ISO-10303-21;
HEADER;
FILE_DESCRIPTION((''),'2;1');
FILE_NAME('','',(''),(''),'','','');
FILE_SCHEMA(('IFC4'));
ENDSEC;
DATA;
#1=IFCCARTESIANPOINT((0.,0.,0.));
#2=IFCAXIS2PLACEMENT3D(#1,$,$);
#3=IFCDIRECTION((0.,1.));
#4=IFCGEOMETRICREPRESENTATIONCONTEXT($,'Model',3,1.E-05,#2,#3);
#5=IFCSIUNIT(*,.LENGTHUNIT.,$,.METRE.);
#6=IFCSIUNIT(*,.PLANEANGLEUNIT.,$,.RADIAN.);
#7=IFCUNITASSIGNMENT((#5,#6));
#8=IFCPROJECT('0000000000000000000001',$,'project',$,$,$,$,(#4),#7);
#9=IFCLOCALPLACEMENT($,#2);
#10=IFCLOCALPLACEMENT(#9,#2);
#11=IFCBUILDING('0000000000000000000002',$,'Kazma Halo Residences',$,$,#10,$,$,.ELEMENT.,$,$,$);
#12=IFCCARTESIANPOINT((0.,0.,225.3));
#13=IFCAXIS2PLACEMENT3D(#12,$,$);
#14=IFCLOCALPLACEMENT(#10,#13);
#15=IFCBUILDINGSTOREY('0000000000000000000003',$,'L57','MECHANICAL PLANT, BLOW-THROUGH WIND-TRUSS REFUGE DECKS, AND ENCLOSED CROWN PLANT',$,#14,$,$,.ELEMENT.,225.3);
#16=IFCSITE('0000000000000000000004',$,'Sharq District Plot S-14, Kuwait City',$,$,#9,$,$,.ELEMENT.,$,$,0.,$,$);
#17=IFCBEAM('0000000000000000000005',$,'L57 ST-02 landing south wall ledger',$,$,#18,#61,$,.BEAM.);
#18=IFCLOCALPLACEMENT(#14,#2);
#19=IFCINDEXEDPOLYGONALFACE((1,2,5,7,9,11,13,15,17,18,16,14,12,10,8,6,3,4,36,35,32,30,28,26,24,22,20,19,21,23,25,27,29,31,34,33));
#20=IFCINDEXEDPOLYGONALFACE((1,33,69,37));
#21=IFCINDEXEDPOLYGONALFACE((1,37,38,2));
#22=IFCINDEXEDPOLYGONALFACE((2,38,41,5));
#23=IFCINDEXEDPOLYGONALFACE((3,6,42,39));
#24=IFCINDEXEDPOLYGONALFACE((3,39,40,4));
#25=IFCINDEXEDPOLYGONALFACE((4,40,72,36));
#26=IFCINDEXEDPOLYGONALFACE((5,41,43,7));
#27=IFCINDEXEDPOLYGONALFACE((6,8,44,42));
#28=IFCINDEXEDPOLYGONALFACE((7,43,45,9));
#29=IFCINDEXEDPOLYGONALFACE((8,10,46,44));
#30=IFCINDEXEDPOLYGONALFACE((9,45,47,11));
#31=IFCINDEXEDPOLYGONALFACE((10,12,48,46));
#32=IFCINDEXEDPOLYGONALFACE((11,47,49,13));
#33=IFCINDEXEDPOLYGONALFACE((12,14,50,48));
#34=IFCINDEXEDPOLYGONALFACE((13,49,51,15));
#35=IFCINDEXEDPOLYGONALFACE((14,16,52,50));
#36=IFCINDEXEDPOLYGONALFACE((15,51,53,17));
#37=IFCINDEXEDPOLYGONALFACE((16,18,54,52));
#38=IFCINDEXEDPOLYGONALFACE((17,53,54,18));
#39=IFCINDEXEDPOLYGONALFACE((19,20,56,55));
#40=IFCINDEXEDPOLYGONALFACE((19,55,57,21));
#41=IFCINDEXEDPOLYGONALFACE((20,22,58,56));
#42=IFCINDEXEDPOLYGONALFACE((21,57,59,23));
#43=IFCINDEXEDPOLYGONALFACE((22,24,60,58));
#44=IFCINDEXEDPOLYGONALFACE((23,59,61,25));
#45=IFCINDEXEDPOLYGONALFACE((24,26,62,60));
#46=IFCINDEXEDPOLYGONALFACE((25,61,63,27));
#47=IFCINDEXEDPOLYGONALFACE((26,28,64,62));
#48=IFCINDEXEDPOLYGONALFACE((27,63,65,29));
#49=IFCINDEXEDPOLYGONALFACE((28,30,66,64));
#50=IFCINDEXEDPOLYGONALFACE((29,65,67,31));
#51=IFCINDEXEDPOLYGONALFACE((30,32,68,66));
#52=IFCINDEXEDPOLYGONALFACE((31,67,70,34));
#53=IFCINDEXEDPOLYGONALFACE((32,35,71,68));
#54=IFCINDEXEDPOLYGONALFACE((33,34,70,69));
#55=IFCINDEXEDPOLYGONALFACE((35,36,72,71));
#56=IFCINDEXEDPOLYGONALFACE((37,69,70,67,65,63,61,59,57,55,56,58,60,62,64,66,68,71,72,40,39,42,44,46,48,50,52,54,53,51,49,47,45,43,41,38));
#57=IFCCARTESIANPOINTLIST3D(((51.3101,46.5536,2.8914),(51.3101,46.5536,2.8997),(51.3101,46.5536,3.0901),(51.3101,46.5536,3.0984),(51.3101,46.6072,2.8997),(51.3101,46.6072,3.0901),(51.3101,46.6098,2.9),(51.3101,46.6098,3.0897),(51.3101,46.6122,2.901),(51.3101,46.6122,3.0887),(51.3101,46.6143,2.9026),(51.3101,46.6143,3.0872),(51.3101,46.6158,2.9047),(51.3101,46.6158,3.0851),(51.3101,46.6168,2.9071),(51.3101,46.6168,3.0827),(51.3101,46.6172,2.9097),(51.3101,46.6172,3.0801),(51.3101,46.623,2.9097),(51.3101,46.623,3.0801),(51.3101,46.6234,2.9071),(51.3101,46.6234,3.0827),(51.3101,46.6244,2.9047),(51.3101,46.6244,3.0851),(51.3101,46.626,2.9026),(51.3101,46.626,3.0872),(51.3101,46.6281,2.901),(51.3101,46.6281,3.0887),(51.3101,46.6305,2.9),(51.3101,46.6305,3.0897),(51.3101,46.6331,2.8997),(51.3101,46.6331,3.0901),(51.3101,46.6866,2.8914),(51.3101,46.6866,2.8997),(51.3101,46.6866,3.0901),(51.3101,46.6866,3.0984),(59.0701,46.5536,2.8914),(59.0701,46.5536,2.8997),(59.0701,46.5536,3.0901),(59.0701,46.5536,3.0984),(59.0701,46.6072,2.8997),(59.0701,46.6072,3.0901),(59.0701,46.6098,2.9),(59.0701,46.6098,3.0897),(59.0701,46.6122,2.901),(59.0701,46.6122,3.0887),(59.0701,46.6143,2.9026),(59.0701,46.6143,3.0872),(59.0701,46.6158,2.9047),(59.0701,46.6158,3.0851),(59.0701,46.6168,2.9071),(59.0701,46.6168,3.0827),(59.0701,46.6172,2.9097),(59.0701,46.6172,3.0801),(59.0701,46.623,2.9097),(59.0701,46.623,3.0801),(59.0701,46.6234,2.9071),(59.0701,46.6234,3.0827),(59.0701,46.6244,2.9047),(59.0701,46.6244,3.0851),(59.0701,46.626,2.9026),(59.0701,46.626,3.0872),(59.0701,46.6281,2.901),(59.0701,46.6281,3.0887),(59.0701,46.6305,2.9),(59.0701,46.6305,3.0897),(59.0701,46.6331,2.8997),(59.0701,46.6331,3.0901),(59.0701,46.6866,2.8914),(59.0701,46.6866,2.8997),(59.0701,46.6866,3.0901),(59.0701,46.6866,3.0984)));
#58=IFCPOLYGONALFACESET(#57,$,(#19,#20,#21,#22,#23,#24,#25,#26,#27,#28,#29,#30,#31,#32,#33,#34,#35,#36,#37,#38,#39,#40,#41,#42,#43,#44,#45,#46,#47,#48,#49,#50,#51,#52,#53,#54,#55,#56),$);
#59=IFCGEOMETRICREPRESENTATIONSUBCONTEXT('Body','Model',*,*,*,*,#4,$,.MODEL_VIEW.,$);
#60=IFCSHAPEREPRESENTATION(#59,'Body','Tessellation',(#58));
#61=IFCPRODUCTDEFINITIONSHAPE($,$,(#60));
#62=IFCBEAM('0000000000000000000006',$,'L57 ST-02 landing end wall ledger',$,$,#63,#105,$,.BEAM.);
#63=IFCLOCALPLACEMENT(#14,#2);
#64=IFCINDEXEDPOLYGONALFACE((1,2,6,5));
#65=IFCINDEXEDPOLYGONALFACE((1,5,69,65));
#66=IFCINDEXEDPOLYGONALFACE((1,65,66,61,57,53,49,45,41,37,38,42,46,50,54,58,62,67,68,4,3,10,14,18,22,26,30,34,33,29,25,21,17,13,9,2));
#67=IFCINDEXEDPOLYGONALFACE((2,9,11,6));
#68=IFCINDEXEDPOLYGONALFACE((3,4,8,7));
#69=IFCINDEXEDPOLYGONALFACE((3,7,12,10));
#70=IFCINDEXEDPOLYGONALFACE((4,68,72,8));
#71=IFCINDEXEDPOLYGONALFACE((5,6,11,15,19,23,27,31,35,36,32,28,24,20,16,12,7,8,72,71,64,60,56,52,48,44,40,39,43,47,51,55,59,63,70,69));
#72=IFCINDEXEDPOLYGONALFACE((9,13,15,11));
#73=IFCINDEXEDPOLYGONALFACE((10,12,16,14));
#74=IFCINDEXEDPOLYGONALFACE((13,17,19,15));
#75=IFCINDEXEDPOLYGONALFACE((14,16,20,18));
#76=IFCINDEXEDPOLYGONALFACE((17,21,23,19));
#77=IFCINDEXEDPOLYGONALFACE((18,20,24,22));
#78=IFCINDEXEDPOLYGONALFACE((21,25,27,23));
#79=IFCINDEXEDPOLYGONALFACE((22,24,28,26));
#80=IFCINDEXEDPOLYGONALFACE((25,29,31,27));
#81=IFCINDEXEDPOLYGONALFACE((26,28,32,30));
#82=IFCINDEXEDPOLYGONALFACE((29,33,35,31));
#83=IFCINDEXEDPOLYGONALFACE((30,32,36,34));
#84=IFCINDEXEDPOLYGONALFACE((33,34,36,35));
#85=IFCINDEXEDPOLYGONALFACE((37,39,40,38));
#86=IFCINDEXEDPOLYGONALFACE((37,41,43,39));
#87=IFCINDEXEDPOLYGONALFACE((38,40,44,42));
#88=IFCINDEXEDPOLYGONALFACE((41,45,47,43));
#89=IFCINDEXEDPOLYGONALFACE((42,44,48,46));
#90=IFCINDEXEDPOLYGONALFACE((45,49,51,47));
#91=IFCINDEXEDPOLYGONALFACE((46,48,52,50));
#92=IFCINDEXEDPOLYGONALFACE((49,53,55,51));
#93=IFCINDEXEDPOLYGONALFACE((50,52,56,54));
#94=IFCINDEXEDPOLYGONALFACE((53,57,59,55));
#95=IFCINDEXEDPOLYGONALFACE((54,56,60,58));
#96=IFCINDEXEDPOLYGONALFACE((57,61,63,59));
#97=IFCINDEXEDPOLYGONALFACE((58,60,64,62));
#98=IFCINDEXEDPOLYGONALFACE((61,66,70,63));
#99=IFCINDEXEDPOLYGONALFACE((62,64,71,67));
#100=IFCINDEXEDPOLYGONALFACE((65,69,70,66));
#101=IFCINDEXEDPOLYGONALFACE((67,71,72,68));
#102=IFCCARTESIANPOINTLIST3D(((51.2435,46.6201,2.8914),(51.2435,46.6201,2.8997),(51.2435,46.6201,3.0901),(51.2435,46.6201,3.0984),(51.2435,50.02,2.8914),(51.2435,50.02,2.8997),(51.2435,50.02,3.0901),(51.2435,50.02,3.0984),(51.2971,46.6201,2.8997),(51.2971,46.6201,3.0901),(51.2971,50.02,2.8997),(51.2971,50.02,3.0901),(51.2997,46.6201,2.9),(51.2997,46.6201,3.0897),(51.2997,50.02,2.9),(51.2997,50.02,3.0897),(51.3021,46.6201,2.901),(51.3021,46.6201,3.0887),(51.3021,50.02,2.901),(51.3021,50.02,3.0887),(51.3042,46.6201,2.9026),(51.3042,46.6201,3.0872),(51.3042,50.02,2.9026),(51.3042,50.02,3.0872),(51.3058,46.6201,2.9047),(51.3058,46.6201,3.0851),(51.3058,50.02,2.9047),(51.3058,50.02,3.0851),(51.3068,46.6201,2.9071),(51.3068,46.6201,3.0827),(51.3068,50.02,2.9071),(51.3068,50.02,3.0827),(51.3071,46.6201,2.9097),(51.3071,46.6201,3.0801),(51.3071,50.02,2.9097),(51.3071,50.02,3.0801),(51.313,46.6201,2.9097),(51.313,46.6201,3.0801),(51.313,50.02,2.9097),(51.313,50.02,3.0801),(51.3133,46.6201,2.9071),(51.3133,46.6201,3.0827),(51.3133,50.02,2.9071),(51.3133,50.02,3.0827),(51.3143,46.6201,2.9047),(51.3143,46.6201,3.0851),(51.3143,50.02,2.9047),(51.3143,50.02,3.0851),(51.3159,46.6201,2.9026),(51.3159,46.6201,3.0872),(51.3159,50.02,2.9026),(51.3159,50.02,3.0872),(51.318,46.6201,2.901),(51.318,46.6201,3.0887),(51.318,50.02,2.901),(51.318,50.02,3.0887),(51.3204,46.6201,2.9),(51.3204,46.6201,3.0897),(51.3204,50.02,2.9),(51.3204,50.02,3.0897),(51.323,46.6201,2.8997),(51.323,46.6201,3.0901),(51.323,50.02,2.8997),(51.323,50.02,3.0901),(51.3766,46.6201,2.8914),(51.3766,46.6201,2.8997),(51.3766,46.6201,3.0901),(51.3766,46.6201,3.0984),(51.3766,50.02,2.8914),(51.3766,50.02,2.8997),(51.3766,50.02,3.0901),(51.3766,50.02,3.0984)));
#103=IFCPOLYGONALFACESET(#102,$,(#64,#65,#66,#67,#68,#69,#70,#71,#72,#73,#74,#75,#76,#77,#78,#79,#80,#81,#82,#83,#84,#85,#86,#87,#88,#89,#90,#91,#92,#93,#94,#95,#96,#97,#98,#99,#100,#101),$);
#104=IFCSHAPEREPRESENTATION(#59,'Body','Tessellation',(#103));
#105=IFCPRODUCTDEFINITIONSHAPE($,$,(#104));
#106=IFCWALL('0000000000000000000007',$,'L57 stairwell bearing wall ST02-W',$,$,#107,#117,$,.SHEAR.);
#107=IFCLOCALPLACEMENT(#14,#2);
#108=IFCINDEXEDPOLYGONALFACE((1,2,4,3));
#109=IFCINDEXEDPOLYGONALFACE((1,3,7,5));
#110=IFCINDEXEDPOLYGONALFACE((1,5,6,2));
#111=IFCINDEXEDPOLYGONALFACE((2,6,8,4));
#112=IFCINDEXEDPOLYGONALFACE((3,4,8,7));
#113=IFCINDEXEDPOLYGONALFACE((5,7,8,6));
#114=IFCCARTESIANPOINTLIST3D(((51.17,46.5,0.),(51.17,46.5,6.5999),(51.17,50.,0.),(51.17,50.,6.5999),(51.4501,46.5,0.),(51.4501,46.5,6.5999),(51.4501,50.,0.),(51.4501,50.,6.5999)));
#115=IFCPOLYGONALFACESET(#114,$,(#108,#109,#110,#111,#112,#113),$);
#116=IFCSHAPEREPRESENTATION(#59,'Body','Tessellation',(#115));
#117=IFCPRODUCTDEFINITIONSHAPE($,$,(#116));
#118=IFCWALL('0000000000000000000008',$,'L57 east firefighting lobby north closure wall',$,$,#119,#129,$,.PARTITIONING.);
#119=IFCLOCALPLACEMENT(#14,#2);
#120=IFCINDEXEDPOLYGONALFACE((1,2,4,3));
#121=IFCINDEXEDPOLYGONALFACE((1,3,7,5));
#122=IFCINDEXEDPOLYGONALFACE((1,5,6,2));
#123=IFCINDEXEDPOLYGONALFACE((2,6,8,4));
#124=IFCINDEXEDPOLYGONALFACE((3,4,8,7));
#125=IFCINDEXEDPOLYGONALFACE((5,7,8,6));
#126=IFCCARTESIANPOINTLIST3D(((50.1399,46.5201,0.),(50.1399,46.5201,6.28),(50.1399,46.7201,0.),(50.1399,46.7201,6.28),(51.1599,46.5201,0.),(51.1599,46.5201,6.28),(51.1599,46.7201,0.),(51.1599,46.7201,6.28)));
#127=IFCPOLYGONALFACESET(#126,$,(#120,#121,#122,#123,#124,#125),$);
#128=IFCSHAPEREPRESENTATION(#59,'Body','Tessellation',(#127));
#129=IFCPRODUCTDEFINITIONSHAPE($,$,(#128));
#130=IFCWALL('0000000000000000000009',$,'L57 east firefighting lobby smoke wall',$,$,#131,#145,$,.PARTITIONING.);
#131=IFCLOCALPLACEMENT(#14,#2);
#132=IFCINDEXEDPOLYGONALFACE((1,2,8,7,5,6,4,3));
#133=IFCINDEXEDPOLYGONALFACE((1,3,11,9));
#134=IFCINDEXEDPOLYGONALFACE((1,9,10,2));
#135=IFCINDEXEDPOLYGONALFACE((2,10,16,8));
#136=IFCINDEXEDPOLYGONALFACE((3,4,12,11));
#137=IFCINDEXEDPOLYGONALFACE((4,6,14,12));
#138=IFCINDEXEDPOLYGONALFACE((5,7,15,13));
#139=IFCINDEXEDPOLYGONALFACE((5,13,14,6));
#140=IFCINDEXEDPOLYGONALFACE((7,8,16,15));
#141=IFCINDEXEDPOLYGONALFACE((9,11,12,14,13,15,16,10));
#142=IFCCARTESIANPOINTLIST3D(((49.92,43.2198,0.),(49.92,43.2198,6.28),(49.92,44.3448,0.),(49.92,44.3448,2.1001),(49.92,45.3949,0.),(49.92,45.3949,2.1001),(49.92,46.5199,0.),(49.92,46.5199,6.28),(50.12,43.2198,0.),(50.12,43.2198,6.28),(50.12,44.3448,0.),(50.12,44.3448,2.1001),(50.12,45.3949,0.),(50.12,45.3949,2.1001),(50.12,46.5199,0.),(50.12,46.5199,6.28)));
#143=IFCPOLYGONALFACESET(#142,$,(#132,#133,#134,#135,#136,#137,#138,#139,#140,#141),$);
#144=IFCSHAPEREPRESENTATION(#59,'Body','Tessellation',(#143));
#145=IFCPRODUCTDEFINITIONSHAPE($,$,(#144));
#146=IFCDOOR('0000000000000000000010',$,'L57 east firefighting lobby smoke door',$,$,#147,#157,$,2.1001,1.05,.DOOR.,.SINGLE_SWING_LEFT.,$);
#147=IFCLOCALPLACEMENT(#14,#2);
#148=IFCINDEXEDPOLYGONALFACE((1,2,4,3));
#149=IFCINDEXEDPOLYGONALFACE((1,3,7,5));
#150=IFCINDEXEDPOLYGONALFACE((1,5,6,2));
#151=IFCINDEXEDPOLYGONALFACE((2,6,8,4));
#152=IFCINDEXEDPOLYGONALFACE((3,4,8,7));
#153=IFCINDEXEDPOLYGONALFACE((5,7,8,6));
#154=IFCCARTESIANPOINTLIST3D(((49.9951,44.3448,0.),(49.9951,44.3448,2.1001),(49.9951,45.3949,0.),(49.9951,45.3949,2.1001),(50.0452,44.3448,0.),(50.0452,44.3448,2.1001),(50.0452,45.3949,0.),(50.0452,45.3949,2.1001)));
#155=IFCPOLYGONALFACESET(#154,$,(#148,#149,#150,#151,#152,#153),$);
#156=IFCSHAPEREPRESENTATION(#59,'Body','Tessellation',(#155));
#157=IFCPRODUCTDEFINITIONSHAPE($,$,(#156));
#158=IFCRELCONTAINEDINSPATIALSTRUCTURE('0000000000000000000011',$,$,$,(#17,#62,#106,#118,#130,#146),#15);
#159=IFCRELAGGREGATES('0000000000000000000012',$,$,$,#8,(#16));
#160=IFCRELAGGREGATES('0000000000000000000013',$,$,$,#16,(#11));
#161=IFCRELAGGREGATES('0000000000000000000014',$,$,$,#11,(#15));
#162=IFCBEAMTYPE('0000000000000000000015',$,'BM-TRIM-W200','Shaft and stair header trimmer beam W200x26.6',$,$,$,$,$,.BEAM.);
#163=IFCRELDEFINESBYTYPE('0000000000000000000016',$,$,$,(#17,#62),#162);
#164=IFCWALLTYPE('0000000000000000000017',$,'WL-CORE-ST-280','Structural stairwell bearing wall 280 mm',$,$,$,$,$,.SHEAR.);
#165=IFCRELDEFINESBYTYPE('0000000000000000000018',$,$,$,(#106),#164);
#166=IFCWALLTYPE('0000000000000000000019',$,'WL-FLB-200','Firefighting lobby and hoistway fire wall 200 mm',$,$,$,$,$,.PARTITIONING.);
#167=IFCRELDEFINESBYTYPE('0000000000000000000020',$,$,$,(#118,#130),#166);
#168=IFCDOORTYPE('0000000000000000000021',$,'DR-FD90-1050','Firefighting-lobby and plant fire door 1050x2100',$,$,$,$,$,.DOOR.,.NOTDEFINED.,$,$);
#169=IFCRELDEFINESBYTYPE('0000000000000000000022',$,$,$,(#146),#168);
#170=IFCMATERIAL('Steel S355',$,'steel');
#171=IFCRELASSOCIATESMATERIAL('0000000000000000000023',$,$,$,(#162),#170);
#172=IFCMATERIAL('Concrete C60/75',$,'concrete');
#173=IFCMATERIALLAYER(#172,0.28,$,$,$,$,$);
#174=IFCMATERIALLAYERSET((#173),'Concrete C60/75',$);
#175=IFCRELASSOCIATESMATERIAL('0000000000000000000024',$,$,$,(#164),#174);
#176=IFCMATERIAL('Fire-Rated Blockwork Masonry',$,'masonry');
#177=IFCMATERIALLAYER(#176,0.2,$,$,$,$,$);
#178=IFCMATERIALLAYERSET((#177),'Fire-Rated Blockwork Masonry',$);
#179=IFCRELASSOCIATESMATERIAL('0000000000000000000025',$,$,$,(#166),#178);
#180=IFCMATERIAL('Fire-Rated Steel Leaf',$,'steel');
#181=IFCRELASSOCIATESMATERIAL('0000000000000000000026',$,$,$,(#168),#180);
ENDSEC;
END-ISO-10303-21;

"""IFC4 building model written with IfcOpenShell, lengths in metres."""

from ifc_helpers import new_model, si_unit, direction, frame, frame_2d, origin, origin_2d, place, context, subcontext, project, spatial, rectangle, i_section, extrude, material, layer, layer_set, material_profile, profile_set, type_object, element, fill, save


model = new_model("IFC4")

# Units and contexts
model_context = context("Model", 3, precision=1e-05, world=origin(), true_north=direction((0.0, 1.0)))
body_context = subcontext(model_context, "Body", "Model", "MODEL_VIEW")
ifc_project = project(units=[si_unit("LENGTHUNIT", "METRE"), si_unit("PLANEANGLEUNIT", "RADIAN")], contexts=[model_context])

# Site, building, storey
site_placement = place(None, origin())
site = spatial("IfcSite", under=ifc_project, at=site_placement, Name="Sharq District Plot S-14, Kuwait City", CompositionType="ELEMENT", RefElevation=0.0)
building_placement = place(site_placement, origin())
building = spatial("IfcBuilding", under=site, at=building_placement, Name="Kazma Halo Residences", CompositionType="ELEMENT")
storey_placement = place(building_placement, frame((0.0, 0.0, 225.3)))
storey = spatial("IfcBuildingStorey", under=building, at=storey_placement, Name="L57", Description="MECHANICAL PLANT, BLOW-THROUGH WIND-TRUSS REFUGE DECKS, AND ENCLOSED CROWN PLANT", CompositionType="ELEMENT", Elevation=225.3)

# Shared definitions
ifc_material_1 = material(Name="Steel S355", Category="steel")

# Beams
ifc_material_profile_1 = material_profile(ifc_material_1, i_section(OverallWidth=0.1331, OverallDepth=0.207, WebThickness=0.0059, FlangeThickness=0.0083, FilletRadius=0.01, at=origin_2d()), Name="W200x26.6")
ifc_profile_set_1 = profile_set([ifc_material_profile_1], Name="Steel S355")
beam_type = type_object("IfcBeamType", Name="BM-TRIM-W200", Description="Shaft and stair header trimmer beam W200x26.6", PredefinedType="BEAM", material=ifc_profile_set_1)
beam_1_placement = place(storey_placement, frame((51.3101, 46.6201, 2.9949), z_axis=(1.0, 0.0, 0.0), x_axis=(0.0, 1.0, 0.0)))
element("IfcBeam", 1, at=beam_1_placement, inside=storey, type_object=beam_type, Name="L57 ST-02 landing south wall ledger", PredefinedType="BEAM", context=body_context, shape_type="SweptSolid", body=[
    extrude(i_section(OverallWidth=0.1331, OverallDepth=0.207, WebThickness=0.0059, FlangeThickness=0.0083, FilletRadius=0.01, at=origin_2d()), origin(), (0.0, 0.0, 1.0), 7.76),
])
beam_2_placement = place(storey_placement, frame((51.3101, 46.6201, 2.9949), z_axis=(0.0, 1.0, 0.0), x_axis=(-1.0, 0.0, 0.0)))
element("IfcBeam", 2, at=beam_2_placement, inside=storey, type_object=beam_type, Name="L57 ST-02 landing end wall ledger", PredefinedType="BEAM", context=body_context, shape_type="SweptSolid", body=[
    extrude(i_section(OverallWidth=0.1331, OverallDepth=0.207, WebThickness=0.0059, FlangeThickness=0.0083, FilletRadius=0.01, at=origin_2d()), origin(), (0.0, 0.0, 1.0), 3.3999),
])

# Walls
ifc_material_2 = material(Name="Concrete C60/75", Category="concrete")
ifc_layer_1 = layer(ifc_material_2, 0.28)
ifc_layer_set_1 = layer_set([ifc_layer_1], Name="Concrete C60/75")
wall_type_1 = type_object("IfcWallType", Name="WL-CORE-ST-280", Description="Structural stairwell bearing wall 280 mm", PredefinedType="SHEAR", material=ifc_layer_set_1)
wall_1_placement = place(storey_placement, frame((51.3101, 46.5, 0.0), z_axis=(0.0, 0.0, 1.0), x_axis=(0.0, 1.0, 0.0)))
element("IfcWall", 3, at=wall_1_placement, inside=storey, type_object=wall_type_1, Name="L57 stairwell bearing wall ST02-W", PredefinedType="SHEAR", context=body_context, shape_type="SweptSolid", body=[
    extrude(rectangle(XDim=3.5, YDim=0.28, at=frame_2d((1.75, 0.0))), origin(), (0.0, 0.0, 1.0), 6.5999),
])
ifc_material_3 = material(Name="Fire-Rated Blockwork Masonry", Category="masonry")
ifc_layer_2 = layer(ifc_material_3, 0.2)
ifc_layer_set_2 = layer_set([ifc_layer_2], Name="Fire-Rated Blockwork Masonry")
wall_type_2 = type_object("IfcWallType", Name="WL-FLB-200", Description="Firefighting lobby and hoistway fire wall 200 mm", PredefinedType="PARTITIONING", material=ifc_layer_set_2)
wall_2_placement = place(storey_placement, frame((50.1399, 46.6201, 0.0), z_axis=(0.0, 0.0, 1.0), x_axis=(1.0, 0.0, 0.0)))
element("IfcWall", 4, at=wall_2_placement, inside=storey, type_object=wall_type_2, Name="L57 east firefighting lobby north closure wall", PredefinedType="PARTITIONING", context=body_context, shape_type="SweptSolid", body=[
    extrude(rectangle(XDim=1.02, YDim=0.2, at=frame_2d((0.51, 0.0))), origin(), (0.0, 0.0, 1.0), 6.28),
])

# Wall, opening, door
wall_3_placement = place(storey_placement, frame((50.02, 43.22, 0.0), z_axis=(0.0, 0.0, 1.0), x_axis=(0.0, 1.0, 0.0)))
wall_3 = element("IfcWall", 5, at=wall_3_placement, inside=storey, type_object=wall_type_2, Name="L57 east firefighting lobby smoke wall", PredefinedType="PARTITIONING", context=body_context, shape_type="SweptSolid", body=[
    extrude(rectangle(XDim=3.3, YDim=0.2, at=frame_2d((1.6499, 0.0))), origin(), (0.0, 0.0, 1.0), 6.28),
])
opening_1_placement = place(wall_3_placement, frame((1.125, 0.0, 0.0)))
opening_1 = element("IfcOpeningElement", 6, at=opening_1_placement, cuts=wall_3, PredefinedType="OPENING", context=body_context, shape_type="SweptSolid", body=[
    extrude(rectangle(XDim=1.05, YDim=2.1001, at=frame_2d((0.5249, 1.05))), frame((0.0, 0.1099, 0.0), z_axis=(0.0, -1.0, 0.0), x_axis=(1.0, 0.0, 0.0)), (0.0, 0.0, 1.0), 0.22),
])
ifc_material_4 = material(Name="Fire-Rated Steel Leaf", Category="steel")
door_type_1 = type_object("IfcDoorType", Name="DR-FD90-1050", Description="Firefighting-lobby and plant fire door 1050x2100", OperationType="NOTDEFINED", PredefinedType="DOOR", material=ifc_material_4)
door_1_placement = place(opening_1_placement, origin())
door_1 = element("IfcDoor", 7, at=door_1_placement, inside=storey, type_object=door_type_1, Name="L57 east firefighting lobby smoke door", OperationType="SINGLE_SWING_LEFT", OverallHeight=2.1001, OverallWidth=1.05, PredefinedType="DOOR", context=body_context, shape_type="SweptSolid", body=[
    extrude(rectangle(XDim=1.05, YDim=2.1001, at=frame_2d((0.5249, 1.05))), frame((0.0, 0.0249, 0.0), z_axis=(0.0, -1.0, 0.0), x_axis=(1.0, 0.0, 0.0)), (0.0, 0.0, 1.0), 0.05),
])
fill(opening_1, door_1)

save(model, "model.ifc")
